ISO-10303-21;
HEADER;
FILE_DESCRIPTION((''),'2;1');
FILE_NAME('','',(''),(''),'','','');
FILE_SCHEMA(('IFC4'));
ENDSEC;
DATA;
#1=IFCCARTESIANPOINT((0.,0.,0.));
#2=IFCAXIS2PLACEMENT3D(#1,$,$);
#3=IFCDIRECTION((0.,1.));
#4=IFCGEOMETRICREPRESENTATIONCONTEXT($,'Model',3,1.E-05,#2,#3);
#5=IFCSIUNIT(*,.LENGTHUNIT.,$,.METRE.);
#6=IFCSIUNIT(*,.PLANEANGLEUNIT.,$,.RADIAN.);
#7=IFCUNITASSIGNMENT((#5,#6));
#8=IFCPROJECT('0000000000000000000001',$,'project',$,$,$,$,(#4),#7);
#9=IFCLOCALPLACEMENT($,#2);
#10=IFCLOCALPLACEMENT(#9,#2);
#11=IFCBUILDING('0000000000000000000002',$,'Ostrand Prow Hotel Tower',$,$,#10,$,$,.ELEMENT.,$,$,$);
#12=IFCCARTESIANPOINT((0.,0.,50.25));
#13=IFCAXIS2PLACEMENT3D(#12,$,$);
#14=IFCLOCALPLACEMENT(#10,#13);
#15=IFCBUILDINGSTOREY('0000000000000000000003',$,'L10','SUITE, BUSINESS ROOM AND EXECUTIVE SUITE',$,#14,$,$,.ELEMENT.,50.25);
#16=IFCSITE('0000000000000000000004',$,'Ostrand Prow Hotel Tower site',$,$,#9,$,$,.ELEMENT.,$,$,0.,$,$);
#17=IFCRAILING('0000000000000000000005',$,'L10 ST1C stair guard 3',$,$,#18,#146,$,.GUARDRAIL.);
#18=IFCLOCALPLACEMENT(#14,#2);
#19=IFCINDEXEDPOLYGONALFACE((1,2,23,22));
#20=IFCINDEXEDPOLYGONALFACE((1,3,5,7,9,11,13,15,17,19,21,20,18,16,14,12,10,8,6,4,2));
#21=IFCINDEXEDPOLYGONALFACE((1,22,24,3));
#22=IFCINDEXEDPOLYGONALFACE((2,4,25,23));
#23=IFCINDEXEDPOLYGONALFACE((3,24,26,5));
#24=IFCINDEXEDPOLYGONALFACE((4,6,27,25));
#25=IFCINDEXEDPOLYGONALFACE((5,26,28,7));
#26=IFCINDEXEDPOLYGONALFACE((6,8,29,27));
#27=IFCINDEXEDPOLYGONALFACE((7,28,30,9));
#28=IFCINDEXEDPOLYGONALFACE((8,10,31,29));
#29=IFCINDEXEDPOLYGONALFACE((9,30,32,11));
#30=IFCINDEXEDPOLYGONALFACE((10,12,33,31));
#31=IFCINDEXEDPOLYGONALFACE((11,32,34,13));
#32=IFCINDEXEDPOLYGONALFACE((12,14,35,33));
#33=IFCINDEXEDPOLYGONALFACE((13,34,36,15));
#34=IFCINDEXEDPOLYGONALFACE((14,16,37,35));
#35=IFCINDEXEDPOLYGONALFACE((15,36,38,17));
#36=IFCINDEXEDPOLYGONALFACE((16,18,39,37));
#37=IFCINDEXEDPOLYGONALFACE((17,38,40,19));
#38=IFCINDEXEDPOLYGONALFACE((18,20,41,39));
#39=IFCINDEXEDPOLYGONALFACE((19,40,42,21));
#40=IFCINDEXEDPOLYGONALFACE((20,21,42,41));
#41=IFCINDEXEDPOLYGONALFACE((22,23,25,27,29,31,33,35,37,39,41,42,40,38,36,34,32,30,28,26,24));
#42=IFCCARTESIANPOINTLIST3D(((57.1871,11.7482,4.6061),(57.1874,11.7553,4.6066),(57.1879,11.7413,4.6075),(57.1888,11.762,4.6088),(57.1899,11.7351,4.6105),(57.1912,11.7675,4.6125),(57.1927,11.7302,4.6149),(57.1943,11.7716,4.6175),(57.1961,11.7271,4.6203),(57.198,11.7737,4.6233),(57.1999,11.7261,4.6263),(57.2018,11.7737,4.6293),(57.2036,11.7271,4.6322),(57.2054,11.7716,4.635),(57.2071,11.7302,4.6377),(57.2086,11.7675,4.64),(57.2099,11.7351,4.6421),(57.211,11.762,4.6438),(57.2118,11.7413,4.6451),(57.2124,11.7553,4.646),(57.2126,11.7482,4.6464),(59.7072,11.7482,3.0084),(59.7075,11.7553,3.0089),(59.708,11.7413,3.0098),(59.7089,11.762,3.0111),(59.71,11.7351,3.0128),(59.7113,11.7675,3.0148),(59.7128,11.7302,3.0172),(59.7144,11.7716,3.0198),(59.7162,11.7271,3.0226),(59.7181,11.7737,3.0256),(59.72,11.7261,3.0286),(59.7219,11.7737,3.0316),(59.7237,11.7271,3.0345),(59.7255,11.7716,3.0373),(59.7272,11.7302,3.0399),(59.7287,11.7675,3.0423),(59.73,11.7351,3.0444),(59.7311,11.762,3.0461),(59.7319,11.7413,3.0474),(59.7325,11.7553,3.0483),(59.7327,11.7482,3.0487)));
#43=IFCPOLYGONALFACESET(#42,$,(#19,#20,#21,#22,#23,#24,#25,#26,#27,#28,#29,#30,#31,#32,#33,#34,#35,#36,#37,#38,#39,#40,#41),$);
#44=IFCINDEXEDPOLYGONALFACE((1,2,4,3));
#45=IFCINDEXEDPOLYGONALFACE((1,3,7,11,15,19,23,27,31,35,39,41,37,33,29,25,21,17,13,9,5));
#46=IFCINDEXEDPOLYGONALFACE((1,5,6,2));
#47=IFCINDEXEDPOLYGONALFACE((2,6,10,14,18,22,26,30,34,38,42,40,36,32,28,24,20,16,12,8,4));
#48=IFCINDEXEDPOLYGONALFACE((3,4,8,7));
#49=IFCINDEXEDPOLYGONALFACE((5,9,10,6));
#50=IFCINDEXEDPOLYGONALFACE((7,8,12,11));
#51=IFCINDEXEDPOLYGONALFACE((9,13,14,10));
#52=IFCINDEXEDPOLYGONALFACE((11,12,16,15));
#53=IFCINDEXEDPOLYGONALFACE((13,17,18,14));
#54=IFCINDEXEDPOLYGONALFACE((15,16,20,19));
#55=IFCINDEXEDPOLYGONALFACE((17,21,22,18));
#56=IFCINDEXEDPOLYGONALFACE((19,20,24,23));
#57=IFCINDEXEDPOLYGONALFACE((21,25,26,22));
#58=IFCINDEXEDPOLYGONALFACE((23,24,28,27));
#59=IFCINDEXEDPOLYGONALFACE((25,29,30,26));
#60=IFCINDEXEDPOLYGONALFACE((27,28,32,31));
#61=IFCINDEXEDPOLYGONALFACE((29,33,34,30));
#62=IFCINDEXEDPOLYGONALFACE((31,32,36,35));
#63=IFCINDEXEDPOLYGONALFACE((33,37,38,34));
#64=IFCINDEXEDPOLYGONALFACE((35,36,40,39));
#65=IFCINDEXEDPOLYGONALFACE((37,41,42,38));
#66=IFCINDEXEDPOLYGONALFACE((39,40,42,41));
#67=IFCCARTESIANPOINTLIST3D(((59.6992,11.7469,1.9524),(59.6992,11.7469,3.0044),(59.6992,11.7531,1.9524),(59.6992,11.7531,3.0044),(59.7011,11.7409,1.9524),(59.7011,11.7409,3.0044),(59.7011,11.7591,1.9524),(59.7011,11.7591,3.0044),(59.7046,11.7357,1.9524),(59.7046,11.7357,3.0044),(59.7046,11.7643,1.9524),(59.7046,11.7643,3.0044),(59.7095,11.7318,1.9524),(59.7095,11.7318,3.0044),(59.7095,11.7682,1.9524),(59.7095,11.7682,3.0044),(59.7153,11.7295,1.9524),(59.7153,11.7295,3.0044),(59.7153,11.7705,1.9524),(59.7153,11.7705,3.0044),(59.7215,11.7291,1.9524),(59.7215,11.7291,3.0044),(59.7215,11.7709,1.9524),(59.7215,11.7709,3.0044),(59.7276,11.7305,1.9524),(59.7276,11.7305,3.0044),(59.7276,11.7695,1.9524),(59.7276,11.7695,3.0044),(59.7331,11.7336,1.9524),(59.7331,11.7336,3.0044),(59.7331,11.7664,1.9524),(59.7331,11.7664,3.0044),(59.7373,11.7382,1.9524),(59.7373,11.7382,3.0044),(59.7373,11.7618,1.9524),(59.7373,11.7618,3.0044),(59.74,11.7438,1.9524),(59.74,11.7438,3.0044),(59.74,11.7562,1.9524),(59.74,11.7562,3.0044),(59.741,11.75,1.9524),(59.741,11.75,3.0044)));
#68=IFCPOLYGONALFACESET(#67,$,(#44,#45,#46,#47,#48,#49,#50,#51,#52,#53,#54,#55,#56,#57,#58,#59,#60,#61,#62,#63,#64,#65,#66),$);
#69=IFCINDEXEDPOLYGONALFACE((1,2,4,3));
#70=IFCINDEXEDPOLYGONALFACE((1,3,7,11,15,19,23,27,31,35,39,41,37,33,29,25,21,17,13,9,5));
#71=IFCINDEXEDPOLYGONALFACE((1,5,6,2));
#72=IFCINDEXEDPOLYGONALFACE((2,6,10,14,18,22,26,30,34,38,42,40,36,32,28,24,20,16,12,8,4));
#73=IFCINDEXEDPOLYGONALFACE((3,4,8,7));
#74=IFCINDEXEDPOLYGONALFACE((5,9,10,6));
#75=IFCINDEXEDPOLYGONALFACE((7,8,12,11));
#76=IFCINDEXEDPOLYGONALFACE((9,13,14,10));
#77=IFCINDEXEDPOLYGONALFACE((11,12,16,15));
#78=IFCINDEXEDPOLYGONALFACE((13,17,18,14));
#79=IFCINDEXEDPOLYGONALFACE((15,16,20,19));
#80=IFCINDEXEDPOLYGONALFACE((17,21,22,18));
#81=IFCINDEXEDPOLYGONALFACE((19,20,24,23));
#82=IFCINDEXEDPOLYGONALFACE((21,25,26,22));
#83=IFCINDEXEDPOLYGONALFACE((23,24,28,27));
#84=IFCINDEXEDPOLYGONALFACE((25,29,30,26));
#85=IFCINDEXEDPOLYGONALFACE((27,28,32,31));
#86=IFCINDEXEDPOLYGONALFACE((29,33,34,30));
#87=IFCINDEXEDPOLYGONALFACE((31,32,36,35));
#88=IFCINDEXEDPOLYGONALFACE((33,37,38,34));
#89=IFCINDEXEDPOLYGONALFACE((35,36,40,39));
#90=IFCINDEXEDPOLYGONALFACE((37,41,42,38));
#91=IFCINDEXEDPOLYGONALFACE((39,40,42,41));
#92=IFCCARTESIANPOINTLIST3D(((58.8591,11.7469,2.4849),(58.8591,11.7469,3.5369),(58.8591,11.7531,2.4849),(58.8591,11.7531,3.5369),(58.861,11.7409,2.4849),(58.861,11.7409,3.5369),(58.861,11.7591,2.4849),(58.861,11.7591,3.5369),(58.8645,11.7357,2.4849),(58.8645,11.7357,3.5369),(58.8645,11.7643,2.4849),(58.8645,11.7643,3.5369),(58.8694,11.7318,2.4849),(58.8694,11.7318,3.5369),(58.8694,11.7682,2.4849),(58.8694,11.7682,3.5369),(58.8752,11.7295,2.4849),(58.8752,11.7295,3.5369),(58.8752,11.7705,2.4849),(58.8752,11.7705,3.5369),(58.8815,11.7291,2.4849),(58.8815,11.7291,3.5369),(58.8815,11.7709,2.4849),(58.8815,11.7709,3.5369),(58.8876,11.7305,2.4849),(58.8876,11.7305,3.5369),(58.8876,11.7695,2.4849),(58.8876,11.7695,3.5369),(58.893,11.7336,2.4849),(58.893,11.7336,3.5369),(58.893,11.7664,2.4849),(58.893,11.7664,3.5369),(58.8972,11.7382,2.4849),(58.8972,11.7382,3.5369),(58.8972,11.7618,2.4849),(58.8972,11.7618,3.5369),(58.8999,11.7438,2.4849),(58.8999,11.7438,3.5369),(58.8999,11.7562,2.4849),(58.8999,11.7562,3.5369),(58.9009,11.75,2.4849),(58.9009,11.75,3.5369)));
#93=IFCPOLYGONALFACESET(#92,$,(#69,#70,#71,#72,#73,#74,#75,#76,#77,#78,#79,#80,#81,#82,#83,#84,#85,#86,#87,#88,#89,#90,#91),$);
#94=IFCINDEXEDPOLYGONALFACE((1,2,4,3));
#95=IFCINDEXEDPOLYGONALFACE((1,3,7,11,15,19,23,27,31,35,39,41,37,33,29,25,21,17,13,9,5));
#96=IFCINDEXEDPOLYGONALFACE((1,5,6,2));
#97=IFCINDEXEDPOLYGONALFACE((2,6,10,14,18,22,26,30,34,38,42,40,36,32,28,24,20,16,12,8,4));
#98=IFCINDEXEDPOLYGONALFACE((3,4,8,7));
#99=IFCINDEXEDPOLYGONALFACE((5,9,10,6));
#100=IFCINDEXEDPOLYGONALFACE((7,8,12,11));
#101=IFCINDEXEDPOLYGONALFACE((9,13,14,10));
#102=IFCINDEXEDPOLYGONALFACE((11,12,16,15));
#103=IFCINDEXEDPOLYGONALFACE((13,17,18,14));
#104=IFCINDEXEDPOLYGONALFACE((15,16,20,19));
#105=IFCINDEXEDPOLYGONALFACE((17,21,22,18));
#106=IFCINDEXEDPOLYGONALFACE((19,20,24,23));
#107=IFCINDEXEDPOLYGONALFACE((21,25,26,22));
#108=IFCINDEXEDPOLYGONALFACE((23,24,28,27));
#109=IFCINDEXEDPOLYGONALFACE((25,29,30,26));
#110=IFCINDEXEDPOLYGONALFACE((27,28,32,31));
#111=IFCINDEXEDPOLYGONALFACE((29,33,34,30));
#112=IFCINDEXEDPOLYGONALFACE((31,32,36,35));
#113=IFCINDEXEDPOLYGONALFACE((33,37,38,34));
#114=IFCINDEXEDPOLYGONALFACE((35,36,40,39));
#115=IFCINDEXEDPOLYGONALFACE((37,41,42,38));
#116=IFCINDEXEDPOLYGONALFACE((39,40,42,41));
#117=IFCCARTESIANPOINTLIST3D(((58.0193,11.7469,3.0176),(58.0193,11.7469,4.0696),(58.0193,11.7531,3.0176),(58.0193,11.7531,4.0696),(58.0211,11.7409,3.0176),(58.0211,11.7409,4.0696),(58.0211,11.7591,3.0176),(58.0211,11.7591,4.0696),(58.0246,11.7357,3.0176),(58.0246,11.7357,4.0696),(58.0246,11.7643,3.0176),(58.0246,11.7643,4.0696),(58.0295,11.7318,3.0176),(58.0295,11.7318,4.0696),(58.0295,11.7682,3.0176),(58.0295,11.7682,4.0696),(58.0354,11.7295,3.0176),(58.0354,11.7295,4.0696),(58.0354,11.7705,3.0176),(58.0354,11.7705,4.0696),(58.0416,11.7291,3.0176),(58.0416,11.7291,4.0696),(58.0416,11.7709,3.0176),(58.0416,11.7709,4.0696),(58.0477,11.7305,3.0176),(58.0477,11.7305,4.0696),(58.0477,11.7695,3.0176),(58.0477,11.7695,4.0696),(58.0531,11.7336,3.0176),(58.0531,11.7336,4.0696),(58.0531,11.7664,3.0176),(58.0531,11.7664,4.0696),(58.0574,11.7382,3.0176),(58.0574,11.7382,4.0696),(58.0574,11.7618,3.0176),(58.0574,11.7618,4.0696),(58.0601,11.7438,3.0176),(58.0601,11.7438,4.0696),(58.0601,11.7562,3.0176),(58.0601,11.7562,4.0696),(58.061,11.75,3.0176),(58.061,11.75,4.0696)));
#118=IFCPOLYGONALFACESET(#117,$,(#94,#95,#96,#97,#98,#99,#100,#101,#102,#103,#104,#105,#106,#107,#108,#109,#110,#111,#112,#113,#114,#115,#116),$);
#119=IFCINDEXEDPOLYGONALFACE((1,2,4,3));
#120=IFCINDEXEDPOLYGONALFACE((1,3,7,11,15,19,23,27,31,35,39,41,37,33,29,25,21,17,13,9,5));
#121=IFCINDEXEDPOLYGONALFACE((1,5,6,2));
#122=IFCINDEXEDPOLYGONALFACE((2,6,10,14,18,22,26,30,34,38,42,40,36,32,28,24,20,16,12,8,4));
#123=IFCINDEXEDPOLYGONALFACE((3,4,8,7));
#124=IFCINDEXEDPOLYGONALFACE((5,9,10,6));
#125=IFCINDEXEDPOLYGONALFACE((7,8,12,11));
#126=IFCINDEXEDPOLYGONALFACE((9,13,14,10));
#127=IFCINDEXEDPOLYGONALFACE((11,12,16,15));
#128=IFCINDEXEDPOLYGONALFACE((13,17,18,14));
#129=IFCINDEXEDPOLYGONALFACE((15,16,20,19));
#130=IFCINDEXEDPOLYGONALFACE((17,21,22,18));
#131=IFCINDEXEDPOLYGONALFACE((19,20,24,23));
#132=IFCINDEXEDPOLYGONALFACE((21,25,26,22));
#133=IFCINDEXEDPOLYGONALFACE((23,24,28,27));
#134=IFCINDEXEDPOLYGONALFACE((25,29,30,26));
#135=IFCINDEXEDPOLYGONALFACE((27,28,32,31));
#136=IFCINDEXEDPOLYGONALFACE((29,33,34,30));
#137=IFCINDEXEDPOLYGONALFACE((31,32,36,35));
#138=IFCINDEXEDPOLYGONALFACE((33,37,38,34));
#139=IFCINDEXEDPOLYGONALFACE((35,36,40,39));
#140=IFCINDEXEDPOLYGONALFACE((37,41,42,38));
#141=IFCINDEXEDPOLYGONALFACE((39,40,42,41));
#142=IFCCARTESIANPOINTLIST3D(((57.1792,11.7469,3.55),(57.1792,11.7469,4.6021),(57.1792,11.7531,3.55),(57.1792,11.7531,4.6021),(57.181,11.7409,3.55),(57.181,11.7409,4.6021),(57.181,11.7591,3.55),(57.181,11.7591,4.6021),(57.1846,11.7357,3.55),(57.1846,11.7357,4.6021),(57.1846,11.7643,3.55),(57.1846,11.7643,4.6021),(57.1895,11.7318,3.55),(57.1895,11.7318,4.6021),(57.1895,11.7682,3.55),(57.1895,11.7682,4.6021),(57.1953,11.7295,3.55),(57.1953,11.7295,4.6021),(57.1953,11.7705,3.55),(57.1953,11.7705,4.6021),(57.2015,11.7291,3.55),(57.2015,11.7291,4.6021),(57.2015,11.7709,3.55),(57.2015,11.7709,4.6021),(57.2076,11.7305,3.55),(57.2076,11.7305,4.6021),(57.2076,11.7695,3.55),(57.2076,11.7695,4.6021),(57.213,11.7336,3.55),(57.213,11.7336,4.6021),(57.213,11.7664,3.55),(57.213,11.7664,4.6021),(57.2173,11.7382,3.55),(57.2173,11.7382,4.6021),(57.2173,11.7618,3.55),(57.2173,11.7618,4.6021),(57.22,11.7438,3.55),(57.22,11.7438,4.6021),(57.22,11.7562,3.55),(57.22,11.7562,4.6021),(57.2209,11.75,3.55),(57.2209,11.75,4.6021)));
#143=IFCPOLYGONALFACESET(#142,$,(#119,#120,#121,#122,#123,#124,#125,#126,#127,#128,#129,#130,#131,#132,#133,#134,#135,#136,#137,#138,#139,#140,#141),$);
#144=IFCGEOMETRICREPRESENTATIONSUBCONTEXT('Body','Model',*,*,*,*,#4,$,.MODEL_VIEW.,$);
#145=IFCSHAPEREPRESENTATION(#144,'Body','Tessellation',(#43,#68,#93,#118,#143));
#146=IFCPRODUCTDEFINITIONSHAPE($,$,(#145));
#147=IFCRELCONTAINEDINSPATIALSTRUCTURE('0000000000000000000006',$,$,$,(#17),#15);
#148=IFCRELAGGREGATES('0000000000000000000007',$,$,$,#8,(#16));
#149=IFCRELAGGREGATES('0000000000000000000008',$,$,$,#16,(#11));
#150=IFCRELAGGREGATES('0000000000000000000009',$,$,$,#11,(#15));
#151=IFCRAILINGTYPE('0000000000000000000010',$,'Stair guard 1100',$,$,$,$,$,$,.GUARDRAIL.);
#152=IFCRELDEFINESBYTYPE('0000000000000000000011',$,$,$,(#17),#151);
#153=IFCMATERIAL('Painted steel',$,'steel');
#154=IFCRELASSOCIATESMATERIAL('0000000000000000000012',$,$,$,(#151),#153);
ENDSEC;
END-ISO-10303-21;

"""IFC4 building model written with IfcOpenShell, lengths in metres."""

from ifc_helpers import new_model, si_unit, direction, frame, origin, origin_2d, place, context, subcontext, project, spatial, circle, extrude, material, type_object, element, save


model = new_model("IFC4")

# Units and contexts
model_context = context("Model", 3, precision=1e-05, world=origin(), true_north=direction((0.0, 1.0)))
body_context = subcontext(model_context, "Body", "Model", "MODEL_VIEW")
ifc_project = project(units=[si_unit("LENGTHUNIT", "METRE"), si_unit("PLANEANGLEUNIT", "RADIAN")], contexts=[model_context])

# Site, building, storey
site_placement = place(None, origin())
site = spatial("IfcSite", under=ifc_project, at=site_placement, Name="Ostrand Prow Hotel Tower site", CompositionType="ELEMENT", RefElevation=0.0)
building_placement = place(site_placement, origin())
building = spatial("IfcBuilding", under=site, at=building_placement, Name="Ostrand Prow Hotel Tower", CompositionType="ELEMENT")
storey_placement = place(building_placement, frame((0.0, 0.0, 50.25)))
storey = spatial("IfcBuildingStorey", under=building, at=storey_placement, Name="L10", Description="SUITE, BUSINESS ROOM AND EXECUTIVE SUITE", CompositionType="ELEMENT", Elevation=50.25)

# Railing
ifc_material_1 = material(Name="Painted steel", Category="steel")
railing_type_1 = type_object("IfcRailingType", Name="Stair guard 1100", PredefinedType="GUARDRAIL", material=ifc_material_1)
railing_1_placement = place(storey_placement, frame((59.72, 11.75, 1.9524)))
element("IfcRailing", 1, at=railing_1_placement, inside=storey, type_object=railing_type_1, Name="L10 ST1C stair guard 3", PredefinedType="GUARDRAIL", context=body_context, shape_type="SweptSolid", body=[
    extrude(circle(Radius=0.0239, at=origin_2d()), frame((0.0, 0.0, 1.0762), z_axis=(-0.84457, 0.0, 0.535445), x_axis=(0.0, -1.0, 0.0)), (0.0, 0.0, 1.0), 2.9839),
    extrude(circle(Radius=0.021, at=origin_2d()), origin(), (0.0, 0.0, 1.0), 1.052),
    extrude(circle(Radius=0.021, at=origin_2d()), frame((-0.8401, 0.0, 0.5325)), (0.0, 0.0, 1.0), 1.052),
    extrude(circle(Radius=0.021, at=origin_2d()), frame((-1.6799, 0.0, 1.0652)), (0.0, 0.0, 1.0), 1.052),
    extrude(circle(Radius=0.021, at=origin_2d()), frame((-2.52, 0.0, 1.5977)), (0.0, 0.0, 1.0), 1.052),
])

save(model, "model.ifc")
